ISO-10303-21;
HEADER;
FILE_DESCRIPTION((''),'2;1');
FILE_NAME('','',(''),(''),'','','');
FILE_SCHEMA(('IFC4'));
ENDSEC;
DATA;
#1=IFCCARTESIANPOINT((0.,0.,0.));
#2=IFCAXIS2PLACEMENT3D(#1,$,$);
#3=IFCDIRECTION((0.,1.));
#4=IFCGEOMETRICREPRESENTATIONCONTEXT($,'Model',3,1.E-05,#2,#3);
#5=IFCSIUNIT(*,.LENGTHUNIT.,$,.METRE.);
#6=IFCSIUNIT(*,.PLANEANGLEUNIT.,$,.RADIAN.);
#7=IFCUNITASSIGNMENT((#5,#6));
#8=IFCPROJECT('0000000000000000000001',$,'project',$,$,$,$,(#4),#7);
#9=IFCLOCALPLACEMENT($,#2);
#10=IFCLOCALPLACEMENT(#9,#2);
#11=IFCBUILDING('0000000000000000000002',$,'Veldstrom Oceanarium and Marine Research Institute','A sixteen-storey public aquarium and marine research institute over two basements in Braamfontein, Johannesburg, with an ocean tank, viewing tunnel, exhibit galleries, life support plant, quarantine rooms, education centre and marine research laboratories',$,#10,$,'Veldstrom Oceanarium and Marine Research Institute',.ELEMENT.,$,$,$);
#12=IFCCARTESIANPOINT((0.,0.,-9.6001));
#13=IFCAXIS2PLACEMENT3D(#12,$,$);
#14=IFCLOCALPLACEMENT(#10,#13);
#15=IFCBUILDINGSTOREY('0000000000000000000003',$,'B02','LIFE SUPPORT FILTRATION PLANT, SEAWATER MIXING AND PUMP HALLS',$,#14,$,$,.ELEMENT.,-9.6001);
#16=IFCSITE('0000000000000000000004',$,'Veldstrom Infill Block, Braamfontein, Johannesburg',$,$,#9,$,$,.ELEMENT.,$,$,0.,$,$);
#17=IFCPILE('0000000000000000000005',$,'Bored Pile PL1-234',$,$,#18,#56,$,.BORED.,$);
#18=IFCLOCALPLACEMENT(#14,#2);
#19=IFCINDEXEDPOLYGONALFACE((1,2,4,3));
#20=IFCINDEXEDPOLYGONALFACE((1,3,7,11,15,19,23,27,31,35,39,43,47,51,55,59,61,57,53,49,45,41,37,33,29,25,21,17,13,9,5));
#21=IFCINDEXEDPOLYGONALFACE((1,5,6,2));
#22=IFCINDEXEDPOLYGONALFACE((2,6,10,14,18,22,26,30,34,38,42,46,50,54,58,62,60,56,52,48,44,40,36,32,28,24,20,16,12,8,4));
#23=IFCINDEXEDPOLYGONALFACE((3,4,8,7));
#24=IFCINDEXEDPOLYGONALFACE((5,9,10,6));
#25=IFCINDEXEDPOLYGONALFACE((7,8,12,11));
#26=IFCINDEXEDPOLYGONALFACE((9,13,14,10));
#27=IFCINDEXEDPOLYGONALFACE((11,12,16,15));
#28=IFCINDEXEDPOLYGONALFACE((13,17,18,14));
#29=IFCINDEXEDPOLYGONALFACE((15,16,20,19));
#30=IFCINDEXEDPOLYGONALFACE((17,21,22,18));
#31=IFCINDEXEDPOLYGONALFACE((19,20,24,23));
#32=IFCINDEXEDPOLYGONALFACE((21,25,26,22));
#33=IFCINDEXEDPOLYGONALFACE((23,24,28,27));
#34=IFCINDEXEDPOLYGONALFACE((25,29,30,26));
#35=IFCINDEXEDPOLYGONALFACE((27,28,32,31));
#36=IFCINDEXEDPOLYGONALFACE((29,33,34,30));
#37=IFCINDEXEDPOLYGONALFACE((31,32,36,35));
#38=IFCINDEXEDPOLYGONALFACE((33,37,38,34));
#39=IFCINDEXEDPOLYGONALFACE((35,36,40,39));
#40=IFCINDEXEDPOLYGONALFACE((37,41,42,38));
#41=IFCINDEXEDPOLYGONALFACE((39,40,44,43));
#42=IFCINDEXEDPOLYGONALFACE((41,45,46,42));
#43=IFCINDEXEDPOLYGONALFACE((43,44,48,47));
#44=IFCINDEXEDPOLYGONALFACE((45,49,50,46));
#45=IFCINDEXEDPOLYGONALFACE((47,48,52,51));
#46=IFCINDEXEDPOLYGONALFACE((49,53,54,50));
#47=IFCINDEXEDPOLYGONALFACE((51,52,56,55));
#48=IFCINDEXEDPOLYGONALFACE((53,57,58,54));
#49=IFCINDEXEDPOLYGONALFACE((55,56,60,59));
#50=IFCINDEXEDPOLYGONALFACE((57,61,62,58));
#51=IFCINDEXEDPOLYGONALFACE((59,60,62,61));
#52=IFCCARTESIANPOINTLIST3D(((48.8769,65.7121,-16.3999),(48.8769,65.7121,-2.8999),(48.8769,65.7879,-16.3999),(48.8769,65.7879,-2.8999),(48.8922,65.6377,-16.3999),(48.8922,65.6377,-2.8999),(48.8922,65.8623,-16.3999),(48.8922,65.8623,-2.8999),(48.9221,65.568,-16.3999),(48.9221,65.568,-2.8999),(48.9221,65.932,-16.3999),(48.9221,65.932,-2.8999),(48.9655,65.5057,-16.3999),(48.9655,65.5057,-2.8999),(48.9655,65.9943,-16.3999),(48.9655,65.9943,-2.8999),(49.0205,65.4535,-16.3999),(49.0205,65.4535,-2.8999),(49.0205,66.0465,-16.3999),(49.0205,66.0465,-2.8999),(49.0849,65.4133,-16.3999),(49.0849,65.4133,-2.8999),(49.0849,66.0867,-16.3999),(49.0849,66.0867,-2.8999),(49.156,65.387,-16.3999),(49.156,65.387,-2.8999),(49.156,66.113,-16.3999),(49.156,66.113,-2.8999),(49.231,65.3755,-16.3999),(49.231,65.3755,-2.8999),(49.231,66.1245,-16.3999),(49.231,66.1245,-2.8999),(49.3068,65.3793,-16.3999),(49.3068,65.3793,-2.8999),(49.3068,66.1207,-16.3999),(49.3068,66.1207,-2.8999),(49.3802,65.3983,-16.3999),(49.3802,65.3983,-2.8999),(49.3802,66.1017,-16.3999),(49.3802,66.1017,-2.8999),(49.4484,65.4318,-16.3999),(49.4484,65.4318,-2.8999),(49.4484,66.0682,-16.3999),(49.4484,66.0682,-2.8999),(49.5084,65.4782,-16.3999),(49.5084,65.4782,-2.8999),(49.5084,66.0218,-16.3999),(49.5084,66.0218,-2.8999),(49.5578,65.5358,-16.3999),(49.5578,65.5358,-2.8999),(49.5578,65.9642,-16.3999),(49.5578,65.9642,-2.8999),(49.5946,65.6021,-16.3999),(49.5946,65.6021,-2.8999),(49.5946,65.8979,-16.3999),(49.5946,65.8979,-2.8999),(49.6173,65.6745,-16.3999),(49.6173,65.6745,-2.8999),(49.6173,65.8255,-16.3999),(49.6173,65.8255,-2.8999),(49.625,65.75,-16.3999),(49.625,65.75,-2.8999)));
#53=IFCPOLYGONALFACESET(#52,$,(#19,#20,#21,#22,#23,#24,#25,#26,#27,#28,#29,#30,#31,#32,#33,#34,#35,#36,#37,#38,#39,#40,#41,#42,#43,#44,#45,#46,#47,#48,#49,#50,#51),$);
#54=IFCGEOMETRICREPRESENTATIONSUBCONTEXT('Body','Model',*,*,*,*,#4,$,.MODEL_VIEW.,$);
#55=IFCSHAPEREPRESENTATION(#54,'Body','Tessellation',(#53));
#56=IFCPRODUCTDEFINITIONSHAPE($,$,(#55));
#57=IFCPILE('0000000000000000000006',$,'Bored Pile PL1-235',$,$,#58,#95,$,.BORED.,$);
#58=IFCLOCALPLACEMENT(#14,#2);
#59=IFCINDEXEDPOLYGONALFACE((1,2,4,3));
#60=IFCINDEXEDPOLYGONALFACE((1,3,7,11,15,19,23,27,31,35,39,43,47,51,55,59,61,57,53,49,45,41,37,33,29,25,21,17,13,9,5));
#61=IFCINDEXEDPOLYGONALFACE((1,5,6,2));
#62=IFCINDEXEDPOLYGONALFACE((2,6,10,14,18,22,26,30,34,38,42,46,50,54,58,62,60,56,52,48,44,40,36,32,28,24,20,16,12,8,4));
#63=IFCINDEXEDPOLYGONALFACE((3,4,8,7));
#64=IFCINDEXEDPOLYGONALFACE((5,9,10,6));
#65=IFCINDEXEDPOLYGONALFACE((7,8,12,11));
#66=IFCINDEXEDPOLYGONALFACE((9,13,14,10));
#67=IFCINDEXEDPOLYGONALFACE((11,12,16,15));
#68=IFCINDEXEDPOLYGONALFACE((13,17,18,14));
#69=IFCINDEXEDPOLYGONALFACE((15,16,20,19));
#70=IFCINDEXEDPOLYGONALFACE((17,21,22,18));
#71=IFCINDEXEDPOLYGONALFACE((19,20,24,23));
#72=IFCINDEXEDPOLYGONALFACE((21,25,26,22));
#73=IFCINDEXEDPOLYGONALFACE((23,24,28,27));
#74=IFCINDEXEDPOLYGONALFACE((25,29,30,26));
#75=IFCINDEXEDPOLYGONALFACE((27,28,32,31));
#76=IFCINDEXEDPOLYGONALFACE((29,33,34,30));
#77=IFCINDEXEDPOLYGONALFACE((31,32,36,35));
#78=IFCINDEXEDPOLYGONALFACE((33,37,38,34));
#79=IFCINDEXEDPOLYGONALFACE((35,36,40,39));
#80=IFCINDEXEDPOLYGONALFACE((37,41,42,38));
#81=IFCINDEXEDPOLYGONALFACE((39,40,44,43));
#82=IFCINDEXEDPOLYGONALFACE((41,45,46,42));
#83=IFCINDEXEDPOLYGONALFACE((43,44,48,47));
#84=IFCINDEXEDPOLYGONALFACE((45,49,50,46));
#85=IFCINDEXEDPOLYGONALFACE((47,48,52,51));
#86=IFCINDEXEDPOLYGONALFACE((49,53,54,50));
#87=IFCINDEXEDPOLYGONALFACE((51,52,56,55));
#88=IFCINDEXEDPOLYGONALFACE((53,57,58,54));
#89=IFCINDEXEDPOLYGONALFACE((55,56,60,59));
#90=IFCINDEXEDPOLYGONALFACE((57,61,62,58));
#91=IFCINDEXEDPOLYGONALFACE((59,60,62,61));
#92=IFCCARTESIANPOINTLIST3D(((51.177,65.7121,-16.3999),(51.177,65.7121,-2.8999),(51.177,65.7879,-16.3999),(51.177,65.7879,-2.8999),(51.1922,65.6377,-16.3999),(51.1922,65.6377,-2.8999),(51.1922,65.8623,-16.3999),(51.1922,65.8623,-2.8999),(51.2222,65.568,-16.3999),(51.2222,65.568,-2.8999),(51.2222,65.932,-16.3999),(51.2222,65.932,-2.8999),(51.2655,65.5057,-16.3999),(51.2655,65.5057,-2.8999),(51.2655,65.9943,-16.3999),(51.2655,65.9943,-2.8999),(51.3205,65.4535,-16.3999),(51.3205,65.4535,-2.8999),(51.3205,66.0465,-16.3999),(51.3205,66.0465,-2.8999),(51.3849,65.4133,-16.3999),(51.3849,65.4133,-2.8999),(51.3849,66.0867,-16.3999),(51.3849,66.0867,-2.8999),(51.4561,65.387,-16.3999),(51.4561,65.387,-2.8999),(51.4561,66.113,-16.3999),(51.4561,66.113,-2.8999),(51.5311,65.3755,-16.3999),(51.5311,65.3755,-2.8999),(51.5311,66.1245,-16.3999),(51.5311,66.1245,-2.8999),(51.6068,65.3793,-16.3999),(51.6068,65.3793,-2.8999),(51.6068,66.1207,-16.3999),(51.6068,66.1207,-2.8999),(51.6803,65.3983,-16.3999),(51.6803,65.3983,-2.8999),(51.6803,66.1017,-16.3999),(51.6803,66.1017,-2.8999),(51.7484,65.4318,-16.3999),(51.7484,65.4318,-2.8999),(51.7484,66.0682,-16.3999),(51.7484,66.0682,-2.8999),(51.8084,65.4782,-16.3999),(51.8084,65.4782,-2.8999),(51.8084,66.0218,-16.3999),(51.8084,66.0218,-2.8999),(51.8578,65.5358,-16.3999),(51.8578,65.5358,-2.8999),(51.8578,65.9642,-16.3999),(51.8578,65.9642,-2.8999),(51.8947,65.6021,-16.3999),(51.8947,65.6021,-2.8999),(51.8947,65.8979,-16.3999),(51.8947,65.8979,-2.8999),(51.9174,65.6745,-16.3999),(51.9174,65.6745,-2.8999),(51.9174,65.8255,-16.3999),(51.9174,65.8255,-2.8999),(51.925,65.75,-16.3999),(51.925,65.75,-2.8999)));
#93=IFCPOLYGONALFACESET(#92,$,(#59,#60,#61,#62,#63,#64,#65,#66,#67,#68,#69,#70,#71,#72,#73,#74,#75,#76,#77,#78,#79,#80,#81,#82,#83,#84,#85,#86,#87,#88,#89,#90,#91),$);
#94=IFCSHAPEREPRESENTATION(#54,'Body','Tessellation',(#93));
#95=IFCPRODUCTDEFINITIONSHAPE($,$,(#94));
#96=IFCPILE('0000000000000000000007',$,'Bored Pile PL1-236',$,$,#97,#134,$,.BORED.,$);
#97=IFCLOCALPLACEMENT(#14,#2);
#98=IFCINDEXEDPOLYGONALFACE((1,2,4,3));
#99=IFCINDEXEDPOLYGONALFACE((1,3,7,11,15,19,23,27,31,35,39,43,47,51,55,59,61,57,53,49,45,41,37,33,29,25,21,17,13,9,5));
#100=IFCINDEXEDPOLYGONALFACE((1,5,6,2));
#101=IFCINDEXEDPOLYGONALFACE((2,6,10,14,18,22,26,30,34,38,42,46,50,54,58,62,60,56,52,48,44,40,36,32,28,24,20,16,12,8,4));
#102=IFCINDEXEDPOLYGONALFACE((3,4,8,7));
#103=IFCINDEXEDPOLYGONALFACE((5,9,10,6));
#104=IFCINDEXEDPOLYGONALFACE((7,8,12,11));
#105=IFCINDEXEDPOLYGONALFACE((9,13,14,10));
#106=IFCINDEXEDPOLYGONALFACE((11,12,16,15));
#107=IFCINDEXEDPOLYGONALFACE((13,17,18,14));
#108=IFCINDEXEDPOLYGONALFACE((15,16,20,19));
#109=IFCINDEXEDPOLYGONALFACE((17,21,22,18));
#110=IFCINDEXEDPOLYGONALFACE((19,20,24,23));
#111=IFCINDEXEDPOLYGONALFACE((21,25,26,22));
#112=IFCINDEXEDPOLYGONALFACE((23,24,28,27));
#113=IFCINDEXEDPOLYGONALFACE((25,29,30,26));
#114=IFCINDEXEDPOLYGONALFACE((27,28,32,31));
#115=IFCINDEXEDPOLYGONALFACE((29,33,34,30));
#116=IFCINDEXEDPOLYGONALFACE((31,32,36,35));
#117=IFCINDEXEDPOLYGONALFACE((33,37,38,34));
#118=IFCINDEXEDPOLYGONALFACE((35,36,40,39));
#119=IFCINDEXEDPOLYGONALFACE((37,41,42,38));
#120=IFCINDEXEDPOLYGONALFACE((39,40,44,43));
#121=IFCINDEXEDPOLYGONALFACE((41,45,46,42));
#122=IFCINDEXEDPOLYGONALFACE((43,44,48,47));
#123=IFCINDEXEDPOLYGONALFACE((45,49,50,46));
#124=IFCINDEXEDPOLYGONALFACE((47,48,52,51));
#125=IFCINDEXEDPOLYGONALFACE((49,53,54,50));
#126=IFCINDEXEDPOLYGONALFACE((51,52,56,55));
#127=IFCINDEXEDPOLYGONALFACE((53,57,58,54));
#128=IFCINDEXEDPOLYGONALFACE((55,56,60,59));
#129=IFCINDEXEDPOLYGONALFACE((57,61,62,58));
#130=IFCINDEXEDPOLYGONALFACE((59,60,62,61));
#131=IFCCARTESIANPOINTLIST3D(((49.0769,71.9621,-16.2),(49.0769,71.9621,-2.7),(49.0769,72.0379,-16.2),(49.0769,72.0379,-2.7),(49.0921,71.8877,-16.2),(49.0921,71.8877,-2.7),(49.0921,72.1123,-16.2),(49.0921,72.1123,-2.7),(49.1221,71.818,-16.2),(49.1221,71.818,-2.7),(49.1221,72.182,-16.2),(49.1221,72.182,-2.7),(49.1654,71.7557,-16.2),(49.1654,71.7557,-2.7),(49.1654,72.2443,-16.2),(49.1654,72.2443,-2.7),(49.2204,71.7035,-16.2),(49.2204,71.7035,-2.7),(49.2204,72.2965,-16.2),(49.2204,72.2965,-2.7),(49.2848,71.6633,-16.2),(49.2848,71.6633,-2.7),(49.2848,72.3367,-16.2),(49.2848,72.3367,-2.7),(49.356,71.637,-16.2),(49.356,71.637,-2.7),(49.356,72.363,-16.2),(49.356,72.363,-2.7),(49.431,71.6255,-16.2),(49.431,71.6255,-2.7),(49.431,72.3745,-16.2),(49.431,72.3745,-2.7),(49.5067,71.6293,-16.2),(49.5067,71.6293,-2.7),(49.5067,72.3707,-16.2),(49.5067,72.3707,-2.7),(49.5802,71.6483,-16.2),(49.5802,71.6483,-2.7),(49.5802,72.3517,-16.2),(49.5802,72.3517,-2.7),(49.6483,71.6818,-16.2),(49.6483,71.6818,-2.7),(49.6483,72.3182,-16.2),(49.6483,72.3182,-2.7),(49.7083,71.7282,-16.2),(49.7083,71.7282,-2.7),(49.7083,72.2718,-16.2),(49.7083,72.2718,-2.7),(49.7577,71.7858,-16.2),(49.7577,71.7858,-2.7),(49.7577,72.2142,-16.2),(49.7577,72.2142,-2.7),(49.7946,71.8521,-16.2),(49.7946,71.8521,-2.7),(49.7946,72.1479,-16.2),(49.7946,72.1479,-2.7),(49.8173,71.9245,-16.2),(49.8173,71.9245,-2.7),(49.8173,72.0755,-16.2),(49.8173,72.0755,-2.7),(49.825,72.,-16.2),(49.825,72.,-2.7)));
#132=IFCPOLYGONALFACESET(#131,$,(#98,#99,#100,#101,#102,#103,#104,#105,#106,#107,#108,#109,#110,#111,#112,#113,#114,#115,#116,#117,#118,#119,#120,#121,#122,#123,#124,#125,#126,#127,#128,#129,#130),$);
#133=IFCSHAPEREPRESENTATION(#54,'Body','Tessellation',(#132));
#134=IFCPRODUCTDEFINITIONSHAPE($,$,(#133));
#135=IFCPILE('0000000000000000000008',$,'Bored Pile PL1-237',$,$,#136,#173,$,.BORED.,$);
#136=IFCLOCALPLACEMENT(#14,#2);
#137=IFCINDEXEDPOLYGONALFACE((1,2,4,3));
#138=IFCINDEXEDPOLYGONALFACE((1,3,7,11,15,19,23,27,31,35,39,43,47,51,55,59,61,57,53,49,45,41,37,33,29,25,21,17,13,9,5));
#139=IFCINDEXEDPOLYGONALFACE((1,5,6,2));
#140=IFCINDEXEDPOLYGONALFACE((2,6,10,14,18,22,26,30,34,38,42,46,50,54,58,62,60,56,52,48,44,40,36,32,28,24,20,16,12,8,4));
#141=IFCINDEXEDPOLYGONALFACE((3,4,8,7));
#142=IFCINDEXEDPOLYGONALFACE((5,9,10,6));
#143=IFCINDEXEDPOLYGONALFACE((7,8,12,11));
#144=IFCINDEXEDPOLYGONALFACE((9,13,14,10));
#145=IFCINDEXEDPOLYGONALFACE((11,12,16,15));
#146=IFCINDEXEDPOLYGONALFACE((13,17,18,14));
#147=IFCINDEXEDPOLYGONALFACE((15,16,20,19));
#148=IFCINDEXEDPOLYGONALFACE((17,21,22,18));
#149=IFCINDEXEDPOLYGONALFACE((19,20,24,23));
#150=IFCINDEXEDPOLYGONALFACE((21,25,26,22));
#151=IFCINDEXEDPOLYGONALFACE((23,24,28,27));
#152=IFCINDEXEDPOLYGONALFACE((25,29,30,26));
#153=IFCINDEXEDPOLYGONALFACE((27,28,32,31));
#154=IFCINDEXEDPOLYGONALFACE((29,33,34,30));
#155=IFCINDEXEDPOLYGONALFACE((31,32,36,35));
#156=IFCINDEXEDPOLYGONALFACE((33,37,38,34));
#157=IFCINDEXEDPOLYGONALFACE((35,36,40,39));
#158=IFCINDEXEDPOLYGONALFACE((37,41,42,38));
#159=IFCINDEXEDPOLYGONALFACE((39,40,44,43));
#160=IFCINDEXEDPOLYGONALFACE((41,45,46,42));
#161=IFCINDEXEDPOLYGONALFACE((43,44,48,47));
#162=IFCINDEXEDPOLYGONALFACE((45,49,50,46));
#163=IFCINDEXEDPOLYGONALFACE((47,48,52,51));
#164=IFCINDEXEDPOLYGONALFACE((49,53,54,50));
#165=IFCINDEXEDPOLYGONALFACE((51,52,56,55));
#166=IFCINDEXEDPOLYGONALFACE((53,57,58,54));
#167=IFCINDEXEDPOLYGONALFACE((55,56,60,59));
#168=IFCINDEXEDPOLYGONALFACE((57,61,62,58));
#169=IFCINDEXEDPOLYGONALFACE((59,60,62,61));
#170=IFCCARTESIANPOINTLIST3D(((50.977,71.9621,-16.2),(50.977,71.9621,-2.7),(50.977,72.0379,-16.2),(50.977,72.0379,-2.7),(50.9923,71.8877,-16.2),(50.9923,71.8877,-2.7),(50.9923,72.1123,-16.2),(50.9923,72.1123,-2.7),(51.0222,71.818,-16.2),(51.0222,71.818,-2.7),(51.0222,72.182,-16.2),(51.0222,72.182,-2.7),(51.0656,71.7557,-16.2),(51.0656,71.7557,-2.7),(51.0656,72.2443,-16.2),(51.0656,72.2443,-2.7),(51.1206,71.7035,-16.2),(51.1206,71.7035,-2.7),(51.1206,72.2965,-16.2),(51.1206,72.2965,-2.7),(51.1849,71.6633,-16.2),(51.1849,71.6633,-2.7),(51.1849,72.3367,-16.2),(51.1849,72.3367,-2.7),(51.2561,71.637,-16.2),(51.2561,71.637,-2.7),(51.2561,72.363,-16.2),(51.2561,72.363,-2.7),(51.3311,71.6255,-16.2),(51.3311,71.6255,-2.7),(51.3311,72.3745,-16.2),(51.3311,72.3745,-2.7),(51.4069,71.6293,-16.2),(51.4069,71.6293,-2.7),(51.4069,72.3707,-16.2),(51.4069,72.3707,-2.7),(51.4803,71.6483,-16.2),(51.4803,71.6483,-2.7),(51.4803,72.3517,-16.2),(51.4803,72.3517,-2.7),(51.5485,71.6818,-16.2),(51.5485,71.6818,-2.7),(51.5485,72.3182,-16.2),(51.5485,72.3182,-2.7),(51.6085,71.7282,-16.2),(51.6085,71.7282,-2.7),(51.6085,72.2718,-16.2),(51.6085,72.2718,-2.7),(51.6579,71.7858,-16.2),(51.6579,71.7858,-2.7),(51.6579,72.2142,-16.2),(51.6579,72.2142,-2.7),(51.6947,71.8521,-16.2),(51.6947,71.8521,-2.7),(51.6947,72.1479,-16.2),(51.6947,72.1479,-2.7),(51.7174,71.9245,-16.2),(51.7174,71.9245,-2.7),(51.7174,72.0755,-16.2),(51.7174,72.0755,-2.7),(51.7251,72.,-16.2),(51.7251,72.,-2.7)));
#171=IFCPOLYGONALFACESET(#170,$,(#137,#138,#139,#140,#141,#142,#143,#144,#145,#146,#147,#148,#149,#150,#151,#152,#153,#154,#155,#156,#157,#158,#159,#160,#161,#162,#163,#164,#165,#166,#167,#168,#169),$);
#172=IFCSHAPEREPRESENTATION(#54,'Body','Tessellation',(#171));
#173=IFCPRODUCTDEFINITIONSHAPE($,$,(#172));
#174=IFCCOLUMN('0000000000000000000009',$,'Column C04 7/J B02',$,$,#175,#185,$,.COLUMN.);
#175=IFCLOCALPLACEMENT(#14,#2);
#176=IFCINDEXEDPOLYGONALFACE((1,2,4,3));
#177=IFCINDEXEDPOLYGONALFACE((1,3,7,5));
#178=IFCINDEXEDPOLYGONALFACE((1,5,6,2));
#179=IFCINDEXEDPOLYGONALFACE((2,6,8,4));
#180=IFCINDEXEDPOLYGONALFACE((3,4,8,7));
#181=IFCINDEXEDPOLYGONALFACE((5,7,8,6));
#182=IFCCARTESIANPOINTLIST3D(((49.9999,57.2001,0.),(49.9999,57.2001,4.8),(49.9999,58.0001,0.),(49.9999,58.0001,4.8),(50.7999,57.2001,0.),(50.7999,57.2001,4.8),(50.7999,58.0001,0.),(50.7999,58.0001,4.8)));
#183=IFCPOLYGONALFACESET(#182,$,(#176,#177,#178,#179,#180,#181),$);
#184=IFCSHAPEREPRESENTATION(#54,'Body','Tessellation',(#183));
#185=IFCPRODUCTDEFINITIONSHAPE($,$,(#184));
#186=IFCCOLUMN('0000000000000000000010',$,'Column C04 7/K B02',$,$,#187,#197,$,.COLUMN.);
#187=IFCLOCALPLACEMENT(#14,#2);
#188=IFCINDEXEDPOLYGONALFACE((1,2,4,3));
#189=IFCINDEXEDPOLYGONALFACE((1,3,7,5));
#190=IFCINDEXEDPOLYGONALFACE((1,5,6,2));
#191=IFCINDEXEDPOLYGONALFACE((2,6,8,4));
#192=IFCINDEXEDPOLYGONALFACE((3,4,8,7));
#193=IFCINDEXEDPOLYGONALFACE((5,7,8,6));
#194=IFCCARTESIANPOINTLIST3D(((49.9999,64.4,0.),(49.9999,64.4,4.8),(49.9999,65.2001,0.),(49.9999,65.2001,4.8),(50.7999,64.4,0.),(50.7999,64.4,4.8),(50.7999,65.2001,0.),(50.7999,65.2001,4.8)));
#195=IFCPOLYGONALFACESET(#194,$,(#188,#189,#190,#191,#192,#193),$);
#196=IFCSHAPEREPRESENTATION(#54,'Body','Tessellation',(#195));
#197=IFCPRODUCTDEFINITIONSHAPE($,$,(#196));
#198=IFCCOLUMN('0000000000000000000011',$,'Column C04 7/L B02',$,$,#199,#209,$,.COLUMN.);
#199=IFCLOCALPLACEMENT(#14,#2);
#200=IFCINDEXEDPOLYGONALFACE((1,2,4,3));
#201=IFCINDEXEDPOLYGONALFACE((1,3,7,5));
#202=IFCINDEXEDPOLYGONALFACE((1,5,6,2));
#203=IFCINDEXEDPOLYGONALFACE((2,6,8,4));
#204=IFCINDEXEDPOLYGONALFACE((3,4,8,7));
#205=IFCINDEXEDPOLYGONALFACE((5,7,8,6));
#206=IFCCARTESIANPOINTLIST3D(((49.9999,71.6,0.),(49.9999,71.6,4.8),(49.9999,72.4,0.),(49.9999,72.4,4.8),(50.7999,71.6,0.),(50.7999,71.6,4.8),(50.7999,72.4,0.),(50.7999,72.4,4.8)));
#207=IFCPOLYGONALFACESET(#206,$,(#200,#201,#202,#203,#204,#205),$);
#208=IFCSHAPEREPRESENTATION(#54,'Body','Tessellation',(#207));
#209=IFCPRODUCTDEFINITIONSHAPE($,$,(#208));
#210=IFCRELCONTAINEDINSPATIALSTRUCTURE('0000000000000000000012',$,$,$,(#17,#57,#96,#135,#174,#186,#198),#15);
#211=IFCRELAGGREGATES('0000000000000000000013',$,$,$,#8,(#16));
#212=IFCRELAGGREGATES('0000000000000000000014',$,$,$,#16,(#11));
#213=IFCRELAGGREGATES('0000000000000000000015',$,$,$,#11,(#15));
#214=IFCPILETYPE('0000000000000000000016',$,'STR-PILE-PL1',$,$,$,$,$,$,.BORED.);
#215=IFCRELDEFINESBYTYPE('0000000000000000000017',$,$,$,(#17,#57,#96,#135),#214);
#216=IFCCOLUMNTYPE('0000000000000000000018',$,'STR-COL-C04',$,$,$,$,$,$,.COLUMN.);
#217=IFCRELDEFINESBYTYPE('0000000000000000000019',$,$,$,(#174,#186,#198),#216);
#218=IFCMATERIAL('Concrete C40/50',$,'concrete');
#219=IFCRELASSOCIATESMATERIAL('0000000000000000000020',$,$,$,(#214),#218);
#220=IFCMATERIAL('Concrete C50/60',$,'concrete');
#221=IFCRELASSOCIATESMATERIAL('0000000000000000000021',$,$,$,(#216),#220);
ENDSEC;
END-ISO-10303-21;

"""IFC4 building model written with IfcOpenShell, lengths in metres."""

from ifc_helpers import new_model, si_unit, direction, frame, origin, origin_2d, place, context, subcontext, project, spatial, rectangle, circle, extrude, material, material_profile, profile_set, type_object, element, save


model = new_model("IFC4")

# Units and contexts
model_context = context("Model", 3, precision=1e-05, world=origin(), true_north=direction((0.0, 1.0)))
body_context = subcontext(model_context, "Body", "Model", "MODEL_VIEW")
ifc_project = project(units=[si_unit("LENGTHUNIT", "METRE"), si_unit("PLANEANGLEUNIT", "RADIAN")], contexts=[model_context])

# Site, building, storey
site_placement = place(None, origin())
site = spatial("IfcSite", under=ifc_project, at=site_placement, Name="Veldstrom Infill Block, Braamfontein, Johannesburg", CompositionType="ELEMENT", RefElevation=0.0)
building_placement = place(site_placement, origin())
building = spatial("IfcBuilding", under=site, at=building_placement, Name="Veldstrom Oceanarium and Marine Research Institute", Description="A sixteen-storey public aquarium and marine research institute over two basements in Braamfontein, Johannesburg, with an ocean tank, viewing tunnel, exhibit galleries, life support plant, quarantine rooms, education centre and marine research laboratories", LongName="Veldstrom Oceanarium and Marine Research Institute", CompositionType="ELEMENT")
storey_placement = place(building_placement, frame((0.0, 0.0, -9.6001)))
storey = spatial("IfcBuildingStorey", under=building, at=storey_placement, Name="B02", Description="LIFE SUPPORT FILTRATION PLANT, SEAWATER MIXING AND PUMP HALLS", CompositionType="ELEMENT", Elevation=-9.6001)

# Piles
ifc_material_1 = material(Name="Concrete C40/50", Category="concrete")
ifc_material_profile_1 = material_profile(ifc_material_1, circle(Radius=0.375, at=origin_2d()), Name="PILE-D750")
ifc_profile_set_1 = profile_set([ifc_material_profile_1], Name="Concrete C40/50")
pile_type = type_object("IfcPileType", Name="STR-PILE-PL1", PredefinedType="BORED", material=ifc_profile_set_1)
for number, where, z_axis, x_axis, name in (
    (1, (49.25, 65.75, -2.8999), (0.0, 0.0, -1.0), (1.0, 0.0, 0.0), "Bored Pile PL1-234"),
    (2, (51.55, 65.75, -2.8999), (0.0, 0.0, -1.0), (1.0, 0.0, 0.0), "Bored Pile PL1-235"),
    (3, (49.45, 72.0, -2.7), (0.0, 0.0, -1.0), (1.0, 0.0, 0.0), "Bored Pile PL1-236"),
    (4, (51.3501, 72.0, -2.7), (0.0, 0.0, -1.0), (1.0, 0.0, 0.0), "Bored Pile PL1-237"),
):
    element("IfcPile", number, at=place(storey_placement, frame(where, z_axis=z_axis, x_axis=x_axis)), inside=storey, type_object=pile_type, Name=name, PredefinedType="BORED", context=body_context, shape_type="SweptSolid", body=[
        extrude(circle(Radius=0.375, at=origin_2d()), origin(), (0.0, 0.0, 1.0), 13.5),
    ])

# Columns
ifc_material_2 = material(Name="Concrete C50/60", Category="concrete")
ifc_material_profile_2 = material_profile(ifc_material_2, rectangle(XDim=0.8, YDim=0.8, at=origin_2d()), Name="RC-COL-800x800")
ifc_profile_set_2 = profile_set([ifc_material_profile_2], Name="Concrete C50/60")
column_type = type_object("IfcColumnType", Name="STR-COL-C04", PredefinedType="COLUMN", material=ifc_profile_set_2)
for number, where, z_axis, x_axis, name in (
    (5, (50.3999, 57.6001, 0.0), (0.0, 0.0, 1.0), (1.0, 0.0, 0.0), "Column C04 7/J B02"),
    (6, (50.3999, 64.8, 0.0), (0.0, 0.0, 1.0), (1.0, 0.0, 0.0), "Column C04 7/K B02"),
    (7, (50.3999, 72.0, 0.0), (0.0, 0.0, 1.0), (1.0, 0.0, 0.0), "Column C04 7/L B02"),
):
    element("IfcColumn", number, at=place(storey_placement, frame(where, z_axis=z_axis, x_axis=x_axis)), inside=storey, type_object=column_type, Name=name, PredefinedType="COLUMN", context=body_context, shape_type="SweptSolid", body=[
        extrude(rectangle(XDim=0.8, YDim=0.8, at=origin_2d()), origin(), (0.0, 0.0, 1.0), 4.8),
    ])

save(model, "model.ifc")
